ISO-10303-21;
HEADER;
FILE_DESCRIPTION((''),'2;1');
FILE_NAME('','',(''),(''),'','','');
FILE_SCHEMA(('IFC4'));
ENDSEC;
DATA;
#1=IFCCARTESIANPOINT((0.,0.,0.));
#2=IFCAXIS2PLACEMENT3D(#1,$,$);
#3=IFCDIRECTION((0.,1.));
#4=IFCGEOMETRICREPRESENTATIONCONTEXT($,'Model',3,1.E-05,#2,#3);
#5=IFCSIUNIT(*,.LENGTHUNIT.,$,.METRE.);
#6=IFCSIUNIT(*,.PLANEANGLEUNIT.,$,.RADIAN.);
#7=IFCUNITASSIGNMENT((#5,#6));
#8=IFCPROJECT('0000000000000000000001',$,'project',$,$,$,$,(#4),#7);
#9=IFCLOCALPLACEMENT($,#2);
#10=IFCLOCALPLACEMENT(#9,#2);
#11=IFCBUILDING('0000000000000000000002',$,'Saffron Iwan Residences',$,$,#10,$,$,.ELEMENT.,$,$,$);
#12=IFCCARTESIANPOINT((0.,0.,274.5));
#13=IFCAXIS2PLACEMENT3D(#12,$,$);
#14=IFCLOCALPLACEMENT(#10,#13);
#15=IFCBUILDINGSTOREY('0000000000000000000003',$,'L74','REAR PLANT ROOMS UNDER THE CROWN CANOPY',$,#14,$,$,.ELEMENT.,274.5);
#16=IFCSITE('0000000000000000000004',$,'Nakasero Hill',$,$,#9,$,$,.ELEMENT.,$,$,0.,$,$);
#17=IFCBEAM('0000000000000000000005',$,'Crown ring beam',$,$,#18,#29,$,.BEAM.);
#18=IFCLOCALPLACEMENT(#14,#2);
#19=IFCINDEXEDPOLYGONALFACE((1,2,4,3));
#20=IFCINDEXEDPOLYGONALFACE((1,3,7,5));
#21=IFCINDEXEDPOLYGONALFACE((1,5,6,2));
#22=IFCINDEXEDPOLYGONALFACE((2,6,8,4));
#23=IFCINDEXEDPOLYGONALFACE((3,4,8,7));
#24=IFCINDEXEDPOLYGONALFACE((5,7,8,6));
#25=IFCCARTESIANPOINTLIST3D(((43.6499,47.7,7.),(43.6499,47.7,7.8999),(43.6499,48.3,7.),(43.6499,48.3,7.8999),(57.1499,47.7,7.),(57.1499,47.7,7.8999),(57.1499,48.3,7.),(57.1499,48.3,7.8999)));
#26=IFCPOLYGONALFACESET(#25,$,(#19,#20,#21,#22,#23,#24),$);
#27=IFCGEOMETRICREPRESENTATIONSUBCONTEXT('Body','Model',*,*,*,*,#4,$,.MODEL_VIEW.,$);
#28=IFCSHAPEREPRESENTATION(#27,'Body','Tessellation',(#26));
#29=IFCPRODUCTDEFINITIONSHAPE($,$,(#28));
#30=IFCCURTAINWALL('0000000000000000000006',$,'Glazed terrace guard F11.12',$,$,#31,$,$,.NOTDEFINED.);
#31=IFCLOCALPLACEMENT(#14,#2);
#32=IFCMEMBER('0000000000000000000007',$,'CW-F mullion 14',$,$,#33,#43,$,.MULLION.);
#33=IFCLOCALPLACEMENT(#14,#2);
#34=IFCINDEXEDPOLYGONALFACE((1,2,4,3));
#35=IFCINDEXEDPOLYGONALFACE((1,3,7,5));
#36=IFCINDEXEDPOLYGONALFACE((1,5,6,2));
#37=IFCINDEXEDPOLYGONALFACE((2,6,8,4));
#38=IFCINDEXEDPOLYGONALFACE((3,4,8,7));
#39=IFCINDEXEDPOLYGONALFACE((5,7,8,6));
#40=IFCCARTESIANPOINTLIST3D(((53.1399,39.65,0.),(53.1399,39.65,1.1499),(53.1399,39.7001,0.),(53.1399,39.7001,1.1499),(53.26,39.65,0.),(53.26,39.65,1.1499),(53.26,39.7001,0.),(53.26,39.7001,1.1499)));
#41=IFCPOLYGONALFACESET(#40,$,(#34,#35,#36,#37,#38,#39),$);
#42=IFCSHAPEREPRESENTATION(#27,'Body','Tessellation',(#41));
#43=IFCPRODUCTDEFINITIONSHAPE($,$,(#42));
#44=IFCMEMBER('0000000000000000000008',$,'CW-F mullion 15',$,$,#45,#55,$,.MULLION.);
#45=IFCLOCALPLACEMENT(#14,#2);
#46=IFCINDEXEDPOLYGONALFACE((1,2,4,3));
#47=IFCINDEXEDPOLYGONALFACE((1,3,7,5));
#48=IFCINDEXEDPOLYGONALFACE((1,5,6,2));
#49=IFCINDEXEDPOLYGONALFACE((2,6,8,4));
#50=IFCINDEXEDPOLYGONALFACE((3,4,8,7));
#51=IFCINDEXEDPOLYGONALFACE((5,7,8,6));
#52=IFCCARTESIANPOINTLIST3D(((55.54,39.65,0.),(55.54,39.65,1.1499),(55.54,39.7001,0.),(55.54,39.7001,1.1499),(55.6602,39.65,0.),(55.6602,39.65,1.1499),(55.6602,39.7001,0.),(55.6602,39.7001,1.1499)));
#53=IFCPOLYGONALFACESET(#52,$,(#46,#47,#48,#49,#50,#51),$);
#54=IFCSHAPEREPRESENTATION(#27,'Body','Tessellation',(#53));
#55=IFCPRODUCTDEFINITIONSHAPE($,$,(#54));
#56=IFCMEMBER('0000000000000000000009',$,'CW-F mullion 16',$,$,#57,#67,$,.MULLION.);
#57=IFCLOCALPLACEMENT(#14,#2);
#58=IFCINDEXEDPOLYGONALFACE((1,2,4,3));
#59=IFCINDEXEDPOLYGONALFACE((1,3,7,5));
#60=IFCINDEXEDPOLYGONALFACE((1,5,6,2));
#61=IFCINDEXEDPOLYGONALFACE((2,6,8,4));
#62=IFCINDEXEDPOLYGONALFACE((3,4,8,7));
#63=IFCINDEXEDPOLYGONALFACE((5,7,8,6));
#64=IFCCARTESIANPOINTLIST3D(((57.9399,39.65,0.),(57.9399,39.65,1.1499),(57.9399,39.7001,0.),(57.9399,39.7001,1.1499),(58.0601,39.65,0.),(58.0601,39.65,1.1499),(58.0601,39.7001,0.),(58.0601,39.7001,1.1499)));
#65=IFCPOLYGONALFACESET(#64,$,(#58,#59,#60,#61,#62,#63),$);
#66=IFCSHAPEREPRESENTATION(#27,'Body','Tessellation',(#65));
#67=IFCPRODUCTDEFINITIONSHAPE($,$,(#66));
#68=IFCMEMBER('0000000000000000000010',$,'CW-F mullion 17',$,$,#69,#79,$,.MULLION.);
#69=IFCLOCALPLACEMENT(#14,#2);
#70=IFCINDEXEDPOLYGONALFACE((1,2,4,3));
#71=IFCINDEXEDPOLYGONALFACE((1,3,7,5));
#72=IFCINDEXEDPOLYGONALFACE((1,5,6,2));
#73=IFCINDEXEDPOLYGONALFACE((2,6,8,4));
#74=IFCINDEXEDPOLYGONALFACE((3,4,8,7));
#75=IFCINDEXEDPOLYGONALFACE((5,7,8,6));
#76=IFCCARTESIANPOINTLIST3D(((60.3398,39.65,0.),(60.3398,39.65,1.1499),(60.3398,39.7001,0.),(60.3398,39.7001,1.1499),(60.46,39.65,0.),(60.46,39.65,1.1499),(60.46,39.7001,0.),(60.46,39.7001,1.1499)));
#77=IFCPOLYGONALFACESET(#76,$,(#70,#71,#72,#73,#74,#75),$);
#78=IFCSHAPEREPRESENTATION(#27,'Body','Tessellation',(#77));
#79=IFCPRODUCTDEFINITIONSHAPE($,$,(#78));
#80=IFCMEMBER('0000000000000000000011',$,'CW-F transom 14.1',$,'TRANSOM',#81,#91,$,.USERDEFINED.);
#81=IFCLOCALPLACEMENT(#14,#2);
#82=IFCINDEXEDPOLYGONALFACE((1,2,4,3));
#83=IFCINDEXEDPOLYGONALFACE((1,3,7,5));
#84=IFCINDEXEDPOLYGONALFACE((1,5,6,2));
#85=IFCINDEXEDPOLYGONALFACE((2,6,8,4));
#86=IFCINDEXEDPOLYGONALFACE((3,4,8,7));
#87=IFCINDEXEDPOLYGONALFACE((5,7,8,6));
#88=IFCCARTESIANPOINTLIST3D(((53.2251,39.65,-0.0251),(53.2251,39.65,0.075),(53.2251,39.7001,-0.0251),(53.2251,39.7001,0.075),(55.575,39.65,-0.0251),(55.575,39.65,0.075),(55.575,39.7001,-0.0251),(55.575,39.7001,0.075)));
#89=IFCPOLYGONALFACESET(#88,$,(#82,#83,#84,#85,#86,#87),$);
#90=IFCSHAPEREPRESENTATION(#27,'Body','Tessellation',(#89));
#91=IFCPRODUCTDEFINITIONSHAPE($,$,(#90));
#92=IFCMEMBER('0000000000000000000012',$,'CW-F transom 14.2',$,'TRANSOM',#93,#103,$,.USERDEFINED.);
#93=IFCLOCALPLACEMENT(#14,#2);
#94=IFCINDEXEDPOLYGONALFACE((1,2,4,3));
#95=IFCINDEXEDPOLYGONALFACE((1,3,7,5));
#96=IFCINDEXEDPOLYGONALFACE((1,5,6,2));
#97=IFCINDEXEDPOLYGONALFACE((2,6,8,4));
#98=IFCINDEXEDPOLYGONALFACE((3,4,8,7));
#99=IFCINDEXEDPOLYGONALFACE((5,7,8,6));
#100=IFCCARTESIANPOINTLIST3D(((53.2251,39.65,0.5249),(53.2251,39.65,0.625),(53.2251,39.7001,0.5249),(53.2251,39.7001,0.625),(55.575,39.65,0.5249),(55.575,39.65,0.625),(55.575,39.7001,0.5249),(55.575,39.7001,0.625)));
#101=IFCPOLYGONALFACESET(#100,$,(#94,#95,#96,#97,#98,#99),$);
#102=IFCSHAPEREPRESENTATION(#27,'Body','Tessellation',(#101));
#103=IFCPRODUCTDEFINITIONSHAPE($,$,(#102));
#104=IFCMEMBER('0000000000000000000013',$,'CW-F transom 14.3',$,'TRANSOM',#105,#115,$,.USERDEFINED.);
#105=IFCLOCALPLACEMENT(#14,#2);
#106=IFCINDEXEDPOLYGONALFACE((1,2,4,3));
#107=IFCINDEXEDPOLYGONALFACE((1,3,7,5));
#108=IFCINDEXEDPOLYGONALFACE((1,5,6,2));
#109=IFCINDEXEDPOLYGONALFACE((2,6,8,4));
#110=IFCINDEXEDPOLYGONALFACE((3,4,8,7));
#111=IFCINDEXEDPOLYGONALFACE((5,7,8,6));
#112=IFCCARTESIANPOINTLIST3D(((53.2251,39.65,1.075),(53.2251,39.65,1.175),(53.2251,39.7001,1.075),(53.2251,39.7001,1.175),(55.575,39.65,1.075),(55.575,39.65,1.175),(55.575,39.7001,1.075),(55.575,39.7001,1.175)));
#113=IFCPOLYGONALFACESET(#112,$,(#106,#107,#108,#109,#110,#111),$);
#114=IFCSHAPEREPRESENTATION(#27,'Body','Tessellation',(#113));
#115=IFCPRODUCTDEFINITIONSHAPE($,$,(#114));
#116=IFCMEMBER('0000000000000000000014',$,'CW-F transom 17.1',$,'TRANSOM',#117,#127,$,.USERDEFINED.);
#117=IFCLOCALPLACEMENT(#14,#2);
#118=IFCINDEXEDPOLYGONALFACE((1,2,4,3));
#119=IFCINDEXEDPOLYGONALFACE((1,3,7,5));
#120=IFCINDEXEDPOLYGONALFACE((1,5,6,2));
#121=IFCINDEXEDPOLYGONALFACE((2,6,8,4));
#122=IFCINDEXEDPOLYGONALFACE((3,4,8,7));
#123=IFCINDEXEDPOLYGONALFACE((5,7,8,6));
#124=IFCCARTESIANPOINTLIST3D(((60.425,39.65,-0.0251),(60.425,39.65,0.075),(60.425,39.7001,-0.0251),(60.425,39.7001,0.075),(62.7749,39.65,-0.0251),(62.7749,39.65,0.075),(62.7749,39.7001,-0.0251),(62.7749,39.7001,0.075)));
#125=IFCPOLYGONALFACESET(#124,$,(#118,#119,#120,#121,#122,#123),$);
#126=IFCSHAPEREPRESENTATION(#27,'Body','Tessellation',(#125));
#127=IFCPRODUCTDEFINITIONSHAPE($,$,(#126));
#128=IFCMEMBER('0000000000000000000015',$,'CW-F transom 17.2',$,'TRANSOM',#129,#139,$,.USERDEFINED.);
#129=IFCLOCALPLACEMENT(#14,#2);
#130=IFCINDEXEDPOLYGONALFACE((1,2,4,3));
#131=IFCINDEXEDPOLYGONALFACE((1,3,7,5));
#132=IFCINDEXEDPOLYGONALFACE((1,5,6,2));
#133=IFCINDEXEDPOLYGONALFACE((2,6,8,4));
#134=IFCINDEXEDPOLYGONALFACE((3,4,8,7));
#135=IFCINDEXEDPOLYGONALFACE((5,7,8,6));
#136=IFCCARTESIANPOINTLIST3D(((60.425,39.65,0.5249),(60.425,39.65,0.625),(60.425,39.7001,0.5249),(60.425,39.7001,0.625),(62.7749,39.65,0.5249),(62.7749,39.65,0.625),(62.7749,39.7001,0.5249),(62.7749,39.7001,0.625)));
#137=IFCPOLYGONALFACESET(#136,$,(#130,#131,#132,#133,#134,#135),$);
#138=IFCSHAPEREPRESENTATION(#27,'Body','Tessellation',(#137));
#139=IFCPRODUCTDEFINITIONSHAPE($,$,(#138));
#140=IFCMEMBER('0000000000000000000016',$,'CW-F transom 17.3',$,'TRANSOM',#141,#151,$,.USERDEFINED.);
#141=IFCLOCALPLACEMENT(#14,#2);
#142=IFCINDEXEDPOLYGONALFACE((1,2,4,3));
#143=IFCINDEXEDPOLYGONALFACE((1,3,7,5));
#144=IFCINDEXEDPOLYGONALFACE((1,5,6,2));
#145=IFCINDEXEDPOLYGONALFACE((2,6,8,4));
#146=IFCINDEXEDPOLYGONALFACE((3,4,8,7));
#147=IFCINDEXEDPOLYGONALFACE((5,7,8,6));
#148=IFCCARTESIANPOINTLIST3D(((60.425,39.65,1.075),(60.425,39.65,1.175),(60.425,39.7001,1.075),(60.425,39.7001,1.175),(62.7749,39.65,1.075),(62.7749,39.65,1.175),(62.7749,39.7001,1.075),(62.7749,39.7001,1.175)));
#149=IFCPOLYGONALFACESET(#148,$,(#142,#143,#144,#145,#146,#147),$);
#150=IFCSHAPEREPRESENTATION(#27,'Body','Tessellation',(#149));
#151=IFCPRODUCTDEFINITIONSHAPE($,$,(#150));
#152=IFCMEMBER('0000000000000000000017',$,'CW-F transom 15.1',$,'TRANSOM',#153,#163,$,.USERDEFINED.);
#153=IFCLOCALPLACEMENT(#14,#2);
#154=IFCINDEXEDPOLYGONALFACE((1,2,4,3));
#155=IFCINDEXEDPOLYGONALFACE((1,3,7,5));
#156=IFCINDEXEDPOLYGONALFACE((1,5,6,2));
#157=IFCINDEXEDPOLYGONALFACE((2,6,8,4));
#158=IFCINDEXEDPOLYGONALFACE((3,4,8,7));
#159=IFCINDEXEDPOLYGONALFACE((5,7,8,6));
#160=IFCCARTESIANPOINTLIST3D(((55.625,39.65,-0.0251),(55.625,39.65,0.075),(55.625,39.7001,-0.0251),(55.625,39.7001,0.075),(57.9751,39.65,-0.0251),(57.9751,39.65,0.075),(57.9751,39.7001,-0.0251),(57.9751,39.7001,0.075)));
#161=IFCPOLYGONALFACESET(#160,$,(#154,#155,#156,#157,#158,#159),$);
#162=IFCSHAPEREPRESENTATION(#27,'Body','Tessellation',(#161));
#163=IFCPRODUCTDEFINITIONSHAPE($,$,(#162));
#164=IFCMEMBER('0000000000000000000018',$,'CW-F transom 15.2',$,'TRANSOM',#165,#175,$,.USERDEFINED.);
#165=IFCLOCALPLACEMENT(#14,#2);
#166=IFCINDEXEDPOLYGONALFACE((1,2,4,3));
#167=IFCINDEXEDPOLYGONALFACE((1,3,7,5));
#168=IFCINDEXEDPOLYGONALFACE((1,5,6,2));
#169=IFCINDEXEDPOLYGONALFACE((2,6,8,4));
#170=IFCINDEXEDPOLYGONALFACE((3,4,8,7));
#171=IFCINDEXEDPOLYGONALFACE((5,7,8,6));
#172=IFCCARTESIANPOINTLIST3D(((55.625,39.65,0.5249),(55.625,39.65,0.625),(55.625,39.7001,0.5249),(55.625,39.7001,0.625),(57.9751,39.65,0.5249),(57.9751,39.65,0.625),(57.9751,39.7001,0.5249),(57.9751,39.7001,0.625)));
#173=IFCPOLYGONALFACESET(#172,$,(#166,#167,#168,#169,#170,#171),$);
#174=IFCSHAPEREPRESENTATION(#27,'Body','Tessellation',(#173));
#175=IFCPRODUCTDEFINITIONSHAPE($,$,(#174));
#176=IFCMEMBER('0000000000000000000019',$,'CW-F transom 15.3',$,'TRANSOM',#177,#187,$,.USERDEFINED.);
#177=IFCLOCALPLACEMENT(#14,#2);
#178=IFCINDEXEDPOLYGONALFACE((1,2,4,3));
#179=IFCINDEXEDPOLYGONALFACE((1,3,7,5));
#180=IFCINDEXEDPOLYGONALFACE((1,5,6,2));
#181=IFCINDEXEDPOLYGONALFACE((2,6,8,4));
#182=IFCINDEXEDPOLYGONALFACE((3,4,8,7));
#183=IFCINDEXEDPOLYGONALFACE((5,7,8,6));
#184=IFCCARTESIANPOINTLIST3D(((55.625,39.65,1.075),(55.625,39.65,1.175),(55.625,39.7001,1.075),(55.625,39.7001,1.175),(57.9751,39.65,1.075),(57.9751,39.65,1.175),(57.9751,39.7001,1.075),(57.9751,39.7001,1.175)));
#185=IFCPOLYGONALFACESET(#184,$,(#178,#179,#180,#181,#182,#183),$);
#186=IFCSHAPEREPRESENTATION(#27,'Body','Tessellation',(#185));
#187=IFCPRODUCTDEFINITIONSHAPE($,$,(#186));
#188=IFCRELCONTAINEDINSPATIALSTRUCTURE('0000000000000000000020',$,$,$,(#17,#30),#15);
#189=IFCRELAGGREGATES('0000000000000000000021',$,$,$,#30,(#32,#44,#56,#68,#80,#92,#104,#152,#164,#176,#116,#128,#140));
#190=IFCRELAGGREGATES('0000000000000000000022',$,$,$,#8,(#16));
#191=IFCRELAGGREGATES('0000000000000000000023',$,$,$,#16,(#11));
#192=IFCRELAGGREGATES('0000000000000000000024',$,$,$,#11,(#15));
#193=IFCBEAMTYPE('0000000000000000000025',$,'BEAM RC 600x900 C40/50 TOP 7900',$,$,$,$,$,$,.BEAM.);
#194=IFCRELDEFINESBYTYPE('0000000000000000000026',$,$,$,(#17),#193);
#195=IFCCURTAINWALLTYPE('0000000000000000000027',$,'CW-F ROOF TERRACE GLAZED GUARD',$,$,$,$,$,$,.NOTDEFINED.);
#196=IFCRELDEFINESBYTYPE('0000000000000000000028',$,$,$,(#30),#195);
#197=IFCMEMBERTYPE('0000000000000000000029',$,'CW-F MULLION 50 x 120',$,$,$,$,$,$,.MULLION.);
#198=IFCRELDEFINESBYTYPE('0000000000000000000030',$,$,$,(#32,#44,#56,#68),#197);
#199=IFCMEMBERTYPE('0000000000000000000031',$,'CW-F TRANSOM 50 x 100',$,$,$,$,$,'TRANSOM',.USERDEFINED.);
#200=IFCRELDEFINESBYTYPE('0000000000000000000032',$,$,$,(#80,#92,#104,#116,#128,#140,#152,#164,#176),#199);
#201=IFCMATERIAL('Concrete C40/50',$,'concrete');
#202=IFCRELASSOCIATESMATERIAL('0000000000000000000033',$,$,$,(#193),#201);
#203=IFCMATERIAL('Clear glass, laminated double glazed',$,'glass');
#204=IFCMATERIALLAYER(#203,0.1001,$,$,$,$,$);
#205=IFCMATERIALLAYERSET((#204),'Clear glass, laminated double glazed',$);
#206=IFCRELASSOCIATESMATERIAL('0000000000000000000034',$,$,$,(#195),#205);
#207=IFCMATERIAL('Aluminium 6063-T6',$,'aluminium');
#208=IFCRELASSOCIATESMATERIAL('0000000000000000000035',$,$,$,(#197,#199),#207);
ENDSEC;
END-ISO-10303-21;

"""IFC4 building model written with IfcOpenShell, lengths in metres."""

from ifc_helpers import new_model, si_unit, direction, frame, origin, origin_2d, place, context, subcontext, project, spatial, rectangle, extrude, source, transform, mapped, material, layer, layer_set, material_profile, profile_set, type_object, element, aggregate, save


model = new_model("IFC4")

# Units and contexts
model_context = context("Model", 3, precision=1e-05, world=origin(), true_north=direction((0.0, 1.0)))
body_context = subcontext(model_context, "Body", "Model", "MODEL_VIEW")
ifc_project = project(units=[si_unit("LENGTHUNIT", "METRE"), si_unit("PLANEANGLEUNIT", "RADIAN")], contexts=[model_context])

# Site, building, storey
site_placement = place(None, origin())
site = spatial("IfcSite", under=ifc_project, at=site_placement, Name="Nakasero Hill", CompositionType="ELEMENT", RefElevation=0.0)
building_placement = place(site_placement, origin())
building = spatial("IfcBuilding", under=site, at=building_placement, Name="Saffron Iwan Residences", CompositionType="ELEMENT")
storey_placement = place(building_placement, frame((0.0, 0.0, 274.5)))
storey = spatial("IfcBuildingStorey", under=building, at=storey_placement, Name="L74", Description="REAR PLANT ROOMS UNDER THE CROWN CANOPY", CompositionType="ELEMENT", Elevation=274.5)

# Beam
ifc_material_1 = material(Name="Concrete C40/50", Category="concrete")
ifc_material_profile_1 = material_profile(ifc_material_1, rectangle(XDim=0.6001, YDim=0.8999, at=origin_2d()), Name="RC 600x900")
ifc_profile_set_1 = profile_set([ifc_material_profile_1], Name="Concrete C40/50")
beam_type = type_object("IfcBeamType", Name="BEAM RC 600x900 C40/50 TOP 7900", PredefinedType="BEAM", material=ifc_profile_set_1)
shared_shape_1 = source(origin(), body_context, "Body", "SweptSolid", [
    extrude(rectangle(XDim=0.6001, YDim=0.8999, at=origin_2d()), origin(), (0.0, 0.0, 1.0), 13.5),
])
beam_placement = place(storey_placement, frame((57.1499, 48.0, 7.45), z_axis=(-1.0, 0.0, 0.0), x_axis=(0.0, -1.0, 0.0)))
element("IfcBeam", 1, at=beam_placement, inside=storey, type_object=beam_type, Name="Crown ring beam", PredefinedType="BEAM", context=body_context, shape_type="MappedRepresentation", body=[
    mapped(shared_shape_1, transform((0.0, 0.0, 0.0))),
])

# Curtain wall, members
ifc_material_2 = material(Name="Clear glass, laminated double glazed", Category="glass")
ifc_layer_1 = layer(ifc_material_2, 0.1001)
ifc_layer_set_1 = layer_set([ifc_layer_1], Name="Clear glass, laminated double glazed")
curtain_wall_type = type_object("IfcCurtainWallType", Name="CW-F ROOF TERRACE GLAZED GUARD", PredefinedType="NOTDEFINED", material=ifc_layer_set_1)
curtain_wall_placement = place(storey_placement, origin())
curtain_wall = element("IfcCurtainWall", 2, at=curtain_wall_placement, inside=storey, type_object=curtain_wall_type, Name="Glazed terrace guard F11.12", PredefinedType="NOTDEFINED")
ifc_material_3 = material(Name="Aluminium 6063-T6", Category="aluminium")
ifc_material_profile_2 = material_profile(ifc_material_3, rectangle(XDim=0.05, YDim=0.1201, at=origin_2d()), Name="CW-F MULLION 50 x 120")
ifc_profile_set_2 = profile_set([ifc_material_profile_2], Name="Aluminium 6063-T6")
member_type_1 = type_object("IfcMemberType", Name="CW-F MULLION 50 x 120", PredefinedType="MULLION", material=ifc_profile_set_2)
shared_shape_2 = source(origin(), body_context, "Body", "SweptSolid", [
    extrude(rectangle(XDim=0.05, YDim=0.1201, at=origin_2d()), origin(), (0.0, 0.0, 1.0), 1.1499),
])
member_1_placement = place(storey_placement, frame((53.2, 39.675, 0.0), z_axis=(0.0, 0.0, 1.0), x_axis=(0.0, 1.0, 0.0)))
member_1 = element("IfcMember", 3, at=member_1_placement, type_object=member_type_1, Name="CW-F mullion 14", PredefinedType="MULLION", context=body_context, shape_type="MappedRepresentation", body=[
    mapped(shared_shape_2, transform((0.0, 0.0, 0.0))),
])
member_2_placement = place(storey_placement, frame((55.6001, 39.675, 0.0), z_axis=(0.0, 0.0, 1.0), x_axis=(0.0, 1.0, 0.0)))
member_2 = element("IfcMember", 4, at=member_2_placement, type_object=member_type_1, Name="CW-F mullion 15", PredefinedType="MULLION", context=body_context, shape_type="MappedRepresentation", body=[
    mapped(shared_shape_2, transform((0.0, 0.0, 0.0))),
])
member_3_placement = place(storey_placement, frame((58.0, 39.675, 0.0), z_axis=(0.0, 0.0, 1.0), x_axis=(0.0, 1.0, 0.0)))
member_3 = element("IfcMember", 5, at=member_3_placement, type_object=member_type_1, Name="CW-F mullion 16", PredefinedType="MULLION", context=body_context, shape_type="MappedRepresentation", body=[
    mapped(shared_shape_2, transform((0.0, 0.0, 0.0))),
])
member_4_placement = place(storey_placement, frame((60.3999, 39.675, 0.0), z_axis=(0.0, 0.0, 1.0), x_axis=(0.0, 1.0, 0.0)))
member_4 = element("IfcMember", 6, at=member_4_placement, type_object=member_type_1, Name="CW-F mullion 17", PredefinedType="MULLION", context=body_context, shape_type="MappedRepresentation", body=[
    mapped(shared_shape_2, transform((0.0, 0.0, 0.0))),
])
ifc_material_profile_3 = material_profile(ifc_material_3, rectangle(XDim=0.05, YDim=0.1001, at=origin_2d()), Name="CW-F TRANSOM 50 x 100")
ifc_profile_set_3 = profile_set([ifc_material_profile_3], Name="Aluminium 6063-T6")
member_type_2 = type_object("IfcMemberType", Name="CW-F TRANSOM 50 x 100", ElementType="TRANSOM", PredefinedType="USERDEFINED", material=ifc_profile_set_3)
shared_shape_3 = source(origin(), body_context, "Body", "SweptSolid", [
    extrude(rectangle(XDim=0.05, YDim=0.1001, at=origin_2d()), origin(), (0.0, 0.0, 1.0), 2.3499),
])
member_5_placement = place(storey_placement, frame((53.2251, 39.675, 0.0249), z_axis=(1.0, 0.0, 0.0), x_axis=(0.0, 1.0, 0.0)))
member_5 = element("IfcMember", 7, at=member_5_placement, type_object=member_type_2, Name="CW-F transom 14.1", ObjectType="TRANSOM", PredefinedType="USERDEFINED", context=body_context, shape_type="MappedRepresentation", body=[
    mapped(shared_shape_3, transform((0.0, 0.0, 0.0))),
])
member_6_placement = place(storey_placement, frame((53.2251, 39.675, 0.575), z_axis=(1.0, 0.0, 0.0), x_axis=(0.0, 1.0, 0.0)))
member_6 = element("IfcMember", 8, at=member_6_placement, type_object=member_type_2, Name="CW-F transom 14.2", ObjectType="TRANSOM", PredefinedType="USERDEFINED", context=body_context, shape_type="MappedRepresentation", body=[
    mapped(shared_shape_3, transform((0.0, 0.0, 0.0))),
])
member_7_placement = place(storey_placement, frame((53.2251, 39.675, 1.125), z_axis=(1.0, 0.0, 0.0), x_axis=(0.0, 1.0, 0.0)))
member_7 = element("IfcMember", 9, at=member_7_placement, type_object=member_type_2, Name="CW-F transom 14.3", ObjectType="TRANSOM", PredefinedType="USERDEFINED", context=body_context, shape_type="MappedRepresentation", body=[
    mapped(shared_shape_3, transform((0.0, 0.0, 0.0))),
])
member_8_placement = place(storey_placement, frame((60.425, 39.675, 0.0249), z_axis=(1.0, 0.0, 0.0), x_axis=(0.0, 1.0, 0.0)))
member_8 = element("IfcMember", 10, at=member_8_placement, type_object=member_type_2, Name="CW-F transom 17.1", ObjectType="TRANSOM", PredefinedType="USERDEFINED", context=body_context, shape_type="MappedRepresentation", body=[
    mapped(shared_shape_3, transform((0.0, 0.0, 0.0))),
])
member_9_placement = place(storey_placement, frame((60.425, 39.675, 0.575), z_axis=(1.0, 0.0, 0.0), x_axis=(0.0, 1.0, 0.0)))
member_9 = element("IfcMember", 11, at=member_9_placement, type_object=member_type_2, Name="CW-F transom 17.2", ObjectType="TRANSOM", PredefinedType="USERDEFINED", context=body_context, shape_type="MappedRepresentation", body=[
    mapped(shared_shape_3, transform((0.0, 0.0, 0.0))),
])
member_10_placement = place(storey_placement, frame((60.425, 39.675, 1.125), z_axis=(1.0, 0.0, 0.0), x_axis=(0.0, 1.0, 0.0)))
member_10 = element("IfcMember", 12, at=member_10_placement, type_object=member_type_2, Name="CW-F transom 17.3", ObjectType="TRANSOM", PredefinedType="USERDEFINED", context=body_context, shape_type="MappedRepresentation", body=[
    mapped(shared_shape_3, transform((0.0, 0.0, 0.0))),
])
shared_shape_4 = source(origin(), body_context, "Body", "SweptSolid", [
    extrude(rectangle(XDim=0.05, YDim=0.1001, at=origin_2d()), origin(), (0.0, 0.0, 1.0), 2.3501),
])
member_11_placement = place(storey_placement, frame((55.625, 39.675, 0.0249), z_axis=(1.0, 0.0, 0.0), x_axis=(0.0, 1.0, 0.0)))
member_11 = element("IfcMember", 13, at=member_11_placement, type_object=member_type_2, Name="CW-F transom 15.1", ObjectType="TRANSOM", PredefinedType="USERDEFINED", context=body_context, shape_type="MappedRepresentation", body=[
    mapped(shared_shape_4, transform((0.0, 0.0, 0.0))),
])
member_12_placement = place(storey_placement, frame((55.625, 39.675, 0.575), z_axis=(1.0, 0.0, 0.0), x_axis=(0.0, 1.0, 0.0)))
member_12 = element("IfcMember", 14, at=member_12_placement, type_object=member_type_2, Name="CW-F transom 15.2", ObjectType="TRANSOM", PredefinedType="USERDEFINED", context=body_context, shape_type="MappedRepresentation", body=[
    mapped(shared_shape_4, transform((0.0, 0.0, 0.0))),
])
member_13_placement = place(storey_placement, frame((55.625, 39.675, 1.125), z_axis=(1.0, 0.0, 0.0), x_axis=(0.0, 1.0, 0.0)))
member_13 = element("IfcMember", 15, at=member_13_placement, type_object=member_type_2, Name="CW-F transom 15.3", ObjectType="TRANSOM", PredefinedType="USERDEFINED", context=body_context, shape_type="MappedRepresentation", body=[
    mapped(shared_shape_4, transform((0.0, 0.0, 0.0))),
])
aggregate(curtain_wall, [member_1, member_2, member_3, member_4, member_5, member_6, member_7, member_11, member_12, member_13, member_8, member_9, member_10])

save(model, "model.ifc")
